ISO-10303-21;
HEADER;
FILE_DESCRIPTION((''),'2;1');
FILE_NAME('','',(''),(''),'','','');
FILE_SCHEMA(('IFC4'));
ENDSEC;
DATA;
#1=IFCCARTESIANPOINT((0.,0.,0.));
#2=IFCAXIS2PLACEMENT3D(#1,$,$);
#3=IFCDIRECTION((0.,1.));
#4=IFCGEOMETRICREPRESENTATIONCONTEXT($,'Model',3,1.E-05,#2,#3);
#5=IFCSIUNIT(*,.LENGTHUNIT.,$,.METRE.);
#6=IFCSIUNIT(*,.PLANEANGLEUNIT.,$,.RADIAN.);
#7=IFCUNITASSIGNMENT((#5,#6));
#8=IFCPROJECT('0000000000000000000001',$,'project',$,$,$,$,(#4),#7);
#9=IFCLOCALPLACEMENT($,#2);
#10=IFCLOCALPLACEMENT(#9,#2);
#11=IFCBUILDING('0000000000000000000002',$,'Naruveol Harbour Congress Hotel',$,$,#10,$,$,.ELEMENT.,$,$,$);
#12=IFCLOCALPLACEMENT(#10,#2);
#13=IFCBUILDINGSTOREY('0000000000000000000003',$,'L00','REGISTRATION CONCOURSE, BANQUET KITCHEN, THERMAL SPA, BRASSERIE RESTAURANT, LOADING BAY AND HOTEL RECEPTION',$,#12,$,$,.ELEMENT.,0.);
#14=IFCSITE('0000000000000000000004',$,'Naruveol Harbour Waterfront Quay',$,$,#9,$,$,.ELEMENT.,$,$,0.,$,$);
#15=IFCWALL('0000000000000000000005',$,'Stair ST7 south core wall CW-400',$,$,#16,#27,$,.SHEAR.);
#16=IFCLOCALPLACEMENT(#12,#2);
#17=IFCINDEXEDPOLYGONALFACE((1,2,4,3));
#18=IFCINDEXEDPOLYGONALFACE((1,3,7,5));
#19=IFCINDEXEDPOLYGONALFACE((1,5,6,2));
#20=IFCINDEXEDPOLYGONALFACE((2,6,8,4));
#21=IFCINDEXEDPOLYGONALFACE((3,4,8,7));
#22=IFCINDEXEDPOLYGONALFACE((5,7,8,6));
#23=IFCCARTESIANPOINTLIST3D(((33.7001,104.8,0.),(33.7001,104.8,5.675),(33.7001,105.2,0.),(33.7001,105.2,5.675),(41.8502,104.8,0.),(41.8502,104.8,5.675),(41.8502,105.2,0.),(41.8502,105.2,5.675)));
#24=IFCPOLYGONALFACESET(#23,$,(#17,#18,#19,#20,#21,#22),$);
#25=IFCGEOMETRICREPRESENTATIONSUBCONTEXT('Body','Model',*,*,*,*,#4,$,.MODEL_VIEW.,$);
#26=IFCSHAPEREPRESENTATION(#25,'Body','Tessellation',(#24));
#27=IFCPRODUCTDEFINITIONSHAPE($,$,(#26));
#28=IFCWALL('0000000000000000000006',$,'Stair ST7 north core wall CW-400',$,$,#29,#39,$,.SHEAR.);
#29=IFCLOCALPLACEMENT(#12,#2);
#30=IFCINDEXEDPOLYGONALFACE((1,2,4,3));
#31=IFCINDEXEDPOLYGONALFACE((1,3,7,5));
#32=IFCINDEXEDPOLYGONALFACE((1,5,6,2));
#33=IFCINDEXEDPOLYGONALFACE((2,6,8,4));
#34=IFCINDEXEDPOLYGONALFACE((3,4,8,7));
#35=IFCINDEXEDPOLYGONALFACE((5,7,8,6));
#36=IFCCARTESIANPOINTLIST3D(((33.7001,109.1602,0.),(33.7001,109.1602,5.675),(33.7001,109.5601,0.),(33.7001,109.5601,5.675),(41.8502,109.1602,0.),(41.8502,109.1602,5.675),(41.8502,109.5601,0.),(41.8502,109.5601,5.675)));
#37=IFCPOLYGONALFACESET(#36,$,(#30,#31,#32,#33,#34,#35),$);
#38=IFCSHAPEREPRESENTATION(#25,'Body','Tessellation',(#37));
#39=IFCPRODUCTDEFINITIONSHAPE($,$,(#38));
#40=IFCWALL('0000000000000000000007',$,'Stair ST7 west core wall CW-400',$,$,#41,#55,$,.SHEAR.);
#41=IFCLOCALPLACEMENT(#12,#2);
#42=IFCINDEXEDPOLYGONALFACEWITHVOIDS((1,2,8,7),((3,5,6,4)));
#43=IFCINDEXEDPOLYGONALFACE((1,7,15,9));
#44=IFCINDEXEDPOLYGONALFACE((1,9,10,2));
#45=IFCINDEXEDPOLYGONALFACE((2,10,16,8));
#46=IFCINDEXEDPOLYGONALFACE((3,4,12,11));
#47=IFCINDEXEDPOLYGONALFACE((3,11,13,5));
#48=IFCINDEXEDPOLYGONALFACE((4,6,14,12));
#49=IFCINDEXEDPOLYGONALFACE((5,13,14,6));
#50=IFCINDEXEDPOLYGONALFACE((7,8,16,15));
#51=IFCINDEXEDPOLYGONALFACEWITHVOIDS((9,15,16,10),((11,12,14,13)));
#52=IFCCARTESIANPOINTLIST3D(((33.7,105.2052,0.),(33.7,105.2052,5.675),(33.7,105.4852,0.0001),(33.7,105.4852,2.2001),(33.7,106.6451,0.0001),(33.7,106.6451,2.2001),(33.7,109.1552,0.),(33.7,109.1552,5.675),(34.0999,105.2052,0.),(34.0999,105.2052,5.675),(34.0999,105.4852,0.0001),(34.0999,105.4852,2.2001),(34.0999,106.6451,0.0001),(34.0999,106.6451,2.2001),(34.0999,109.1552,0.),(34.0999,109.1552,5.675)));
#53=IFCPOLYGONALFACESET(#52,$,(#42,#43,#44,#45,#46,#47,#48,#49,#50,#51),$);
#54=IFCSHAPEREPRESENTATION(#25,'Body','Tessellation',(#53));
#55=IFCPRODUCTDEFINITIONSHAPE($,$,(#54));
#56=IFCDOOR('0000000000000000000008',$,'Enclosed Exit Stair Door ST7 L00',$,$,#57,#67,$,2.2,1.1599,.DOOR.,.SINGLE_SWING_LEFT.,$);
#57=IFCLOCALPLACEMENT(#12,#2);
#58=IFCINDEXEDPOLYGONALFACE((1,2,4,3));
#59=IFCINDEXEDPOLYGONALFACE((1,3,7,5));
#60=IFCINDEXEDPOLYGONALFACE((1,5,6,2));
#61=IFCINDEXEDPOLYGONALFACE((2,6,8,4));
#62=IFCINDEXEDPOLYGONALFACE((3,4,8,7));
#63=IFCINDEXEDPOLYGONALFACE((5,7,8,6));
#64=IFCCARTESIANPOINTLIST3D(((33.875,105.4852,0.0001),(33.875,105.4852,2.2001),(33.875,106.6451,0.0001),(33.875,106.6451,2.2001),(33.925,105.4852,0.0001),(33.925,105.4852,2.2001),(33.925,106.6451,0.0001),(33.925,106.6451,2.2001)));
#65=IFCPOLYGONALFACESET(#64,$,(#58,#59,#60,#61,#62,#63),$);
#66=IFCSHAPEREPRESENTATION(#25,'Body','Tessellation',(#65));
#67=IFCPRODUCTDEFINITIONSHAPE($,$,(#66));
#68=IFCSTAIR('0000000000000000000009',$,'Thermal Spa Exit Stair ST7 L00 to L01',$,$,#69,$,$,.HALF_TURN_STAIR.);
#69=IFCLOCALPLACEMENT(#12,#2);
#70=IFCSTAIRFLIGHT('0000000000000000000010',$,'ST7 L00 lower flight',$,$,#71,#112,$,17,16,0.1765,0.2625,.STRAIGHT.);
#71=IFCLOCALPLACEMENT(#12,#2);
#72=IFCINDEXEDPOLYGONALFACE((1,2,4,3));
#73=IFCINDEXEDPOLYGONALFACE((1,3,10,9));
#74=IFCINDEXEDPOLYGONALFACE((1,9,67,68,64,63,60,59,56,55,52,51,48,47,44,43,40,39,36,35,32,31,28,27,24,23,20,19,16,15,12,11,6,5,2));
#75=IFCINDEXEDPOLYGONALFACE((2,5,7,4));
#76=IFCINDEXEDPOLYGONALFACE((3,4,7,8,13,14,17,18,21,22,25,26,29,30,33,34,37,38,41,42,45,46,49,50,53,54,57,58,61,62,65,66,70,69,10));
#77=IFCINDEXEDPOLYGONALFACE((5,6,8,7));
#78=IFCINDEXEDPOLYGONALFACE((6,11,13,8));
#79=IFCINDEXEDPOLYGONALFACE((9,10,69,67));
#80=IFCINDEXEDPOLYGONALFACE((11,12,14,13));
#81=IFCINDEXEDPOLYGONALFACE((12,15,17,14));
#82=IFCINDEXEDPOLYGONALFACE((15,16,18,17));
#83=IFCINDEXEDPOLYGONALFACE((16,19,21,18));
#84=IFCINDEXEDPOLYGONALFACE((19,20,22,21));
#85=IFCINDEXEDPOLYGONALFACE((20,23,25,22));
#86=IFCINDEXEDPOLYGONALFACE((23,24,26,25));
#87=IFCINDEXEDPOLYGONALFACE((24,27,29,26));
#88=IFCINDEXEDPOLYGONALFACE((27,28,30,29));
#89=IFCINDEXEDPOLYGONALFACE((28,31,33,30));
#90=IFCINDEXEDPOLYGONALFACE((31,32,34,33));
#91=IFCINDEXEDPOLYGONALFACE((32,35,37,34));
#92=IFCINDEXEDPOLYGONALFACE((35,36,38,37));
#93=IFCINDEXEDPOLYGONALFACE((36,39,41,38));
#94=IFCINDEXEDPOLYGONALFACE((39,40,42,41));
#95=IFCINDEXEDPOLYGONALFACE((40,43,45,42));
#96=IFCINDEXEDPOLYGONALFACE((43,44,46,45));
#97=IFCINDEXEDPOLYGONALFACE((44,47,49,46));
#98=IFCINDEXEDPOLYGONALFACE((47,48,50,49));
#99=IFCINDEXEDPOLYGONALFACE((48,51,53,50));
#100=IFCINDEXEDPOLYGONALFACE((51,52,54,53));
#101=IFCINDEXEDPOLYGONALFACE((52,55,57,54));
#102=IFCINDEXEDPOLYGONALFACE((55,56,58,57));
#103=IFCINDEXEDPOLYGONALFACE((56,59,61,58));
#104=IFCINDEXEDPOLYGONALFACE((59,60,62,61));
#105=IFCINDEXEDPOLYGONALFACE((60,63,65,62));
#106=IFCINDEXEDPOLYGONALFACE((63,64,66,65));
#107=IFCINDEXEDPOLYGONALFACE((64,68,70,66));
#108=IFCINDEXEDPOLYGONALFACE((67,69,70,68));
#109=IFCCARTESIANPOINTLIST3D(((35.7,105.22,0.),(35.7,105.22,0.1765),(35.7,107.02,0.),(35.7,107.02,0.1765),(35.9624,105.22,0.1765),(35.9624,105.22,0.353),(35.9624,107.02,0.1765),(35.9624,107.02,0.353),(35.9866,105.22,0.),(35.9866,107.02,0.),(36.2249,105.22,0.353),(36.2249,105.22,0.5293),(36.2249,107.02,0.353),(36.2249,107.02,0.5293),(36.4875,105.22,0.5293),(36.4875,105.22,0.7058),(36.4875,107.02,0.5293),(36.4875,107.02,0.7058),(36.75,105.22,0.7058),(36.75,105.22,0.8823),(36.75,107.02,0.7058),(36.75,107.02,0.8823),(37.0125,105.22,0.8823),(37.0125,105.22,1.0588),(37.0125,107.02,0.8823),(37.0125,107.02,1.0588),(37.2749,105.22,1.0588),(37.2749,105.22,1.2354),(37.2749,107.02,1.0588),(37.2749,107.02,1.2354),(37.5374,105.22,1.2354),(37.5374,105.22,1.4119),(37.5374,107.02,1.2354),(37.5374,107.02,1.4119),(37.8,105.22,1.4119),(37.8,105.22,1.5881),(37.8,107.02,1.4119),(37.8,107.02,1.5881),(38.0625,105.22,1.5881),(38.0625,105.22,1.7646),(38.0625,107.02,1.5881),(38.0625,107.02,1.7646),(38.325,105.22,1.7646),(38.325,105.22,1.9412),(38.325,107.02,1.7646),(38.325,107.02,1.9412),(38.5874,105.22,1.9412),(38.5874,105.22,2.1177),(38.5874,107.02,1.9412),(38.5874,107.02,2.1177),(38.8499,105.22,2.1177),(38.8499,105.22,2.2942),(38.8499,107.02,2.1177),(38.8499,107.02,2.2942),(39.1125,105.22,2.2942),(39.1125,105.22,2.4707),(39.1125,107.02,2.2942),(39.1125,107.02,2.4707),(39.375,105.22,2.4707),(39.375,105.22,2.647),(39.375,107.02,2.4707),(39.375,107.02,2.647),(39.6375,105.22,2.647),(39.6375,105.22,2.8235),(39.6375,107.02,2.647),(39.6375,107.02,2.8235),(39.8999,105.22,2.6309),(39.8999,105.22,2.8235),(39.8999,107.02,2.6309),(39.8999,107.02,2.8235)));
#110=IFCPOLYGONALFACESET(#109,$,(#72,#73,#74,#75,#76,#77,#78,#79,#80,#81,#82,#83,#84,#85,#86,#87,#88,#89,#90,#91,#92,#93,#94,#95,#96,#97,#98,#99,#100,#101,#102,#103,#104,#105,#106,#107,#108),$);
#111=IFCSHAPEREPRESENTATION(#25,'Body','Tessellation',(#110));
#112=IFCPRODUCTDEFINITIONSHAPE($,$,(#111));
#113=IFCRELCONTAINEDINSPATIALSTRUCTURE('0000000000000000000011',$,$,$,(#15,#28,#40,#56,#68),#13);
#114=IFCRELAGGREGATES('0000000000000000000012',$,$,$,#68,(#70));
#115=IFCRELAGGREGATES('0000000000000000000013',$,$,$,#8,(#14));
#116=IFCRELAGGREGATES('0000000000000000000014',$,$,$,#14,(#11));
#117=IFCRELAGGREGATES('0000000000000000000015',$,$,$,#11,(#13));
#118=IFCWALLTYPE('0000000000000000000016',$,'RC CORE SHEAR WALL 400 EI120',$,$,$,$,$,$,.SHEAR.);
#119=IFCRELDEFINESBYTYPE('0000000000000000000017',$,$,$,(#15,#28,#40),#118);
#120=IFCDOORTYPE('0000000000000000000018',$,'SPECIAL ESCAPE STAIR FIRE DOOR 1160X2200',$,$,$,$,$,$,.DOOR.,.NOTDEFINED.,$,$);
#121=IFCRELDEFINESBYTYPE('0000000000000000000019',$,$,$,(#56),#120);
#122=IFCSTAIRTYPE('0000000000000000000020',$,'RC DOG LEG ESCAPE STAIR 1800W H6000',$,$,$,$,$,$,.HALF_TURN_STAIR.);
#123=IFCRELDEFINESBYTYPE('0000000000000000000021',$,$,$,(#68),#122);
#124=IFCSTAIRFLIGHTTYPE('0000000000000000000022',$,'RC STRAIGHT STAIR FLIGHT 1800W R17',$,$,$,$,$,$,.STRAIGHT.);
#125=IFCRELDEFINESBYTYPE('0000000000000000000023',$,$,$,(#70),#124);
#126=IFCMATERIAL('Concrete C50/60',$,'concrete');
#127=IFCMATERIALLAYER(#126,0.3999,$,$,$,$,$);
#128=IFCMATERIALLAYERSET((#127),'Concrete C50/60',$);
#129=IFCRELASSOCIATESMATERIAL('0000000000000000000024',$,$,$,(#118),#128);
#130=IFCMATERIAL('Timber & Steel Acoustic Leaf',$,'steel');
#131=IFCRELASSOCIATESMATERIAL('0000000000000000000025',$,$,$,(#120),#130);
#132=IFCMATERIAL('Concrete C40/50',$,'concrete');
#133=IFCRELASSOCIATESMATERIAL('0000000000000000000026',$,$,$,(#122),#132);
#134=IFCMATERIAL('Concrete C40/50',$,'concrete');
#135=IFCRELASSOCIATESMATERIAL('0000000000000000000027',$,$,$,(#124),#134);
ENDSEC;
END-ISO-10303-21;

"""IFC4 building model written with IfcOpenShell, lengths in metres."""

from ifc_helpers import new_model, si_unit, direction, frame, frame_2d, origin, place, context, subcontext, project, spatial, polyline, rectangle, outline, extrude, material, layer, layer_set, type_object, element, fill, aggregate, save


model = new_model("IFC4")

# Units and contexts
model_context = context("Model", 3, precision=1e-05, world=origin(), true_north=direction((0.0, 1.0)))
body_context = subcontext(model_context, "Body", "Model", "MODEL_VIEW")
ifc_project = project(units=[si_unit("LENGTHUNIT", "METRE"), si_unit("PLANEANGLEUNIT", "RADIAN")], contexts=[model_context])

# Site, building, storey
site_placement = place(None, origin())
site = spatial("IfcSite", under=ifc_project, at=site_placement, Name="Naruveol Harbour Waterfront Quay", CompositionType="ELEMENT", RefElevation=0.0)
building_placement = place(site_placement, origin())
building = spatial("IfcBuilding", under=site, at=building_placement, Name="Naruveol Harbour Congress Hotel", CompositionType="ELEMENT")
storey_placement = place(building_placement, origin())
storey = spatial("IfcBuildingStorey", under=building, at=storey_placement, Name="L00", Description="REGISTRATION CONCOURSE, BANQUET KITCHEN, THERMAL SPA, BRASSERIE RESTAURANT, LOADING BAY AND HOTEL RECEPTION", CompositionType="ELEMENT", Elevation=0.0)

# Walls
ifc_material_1 = material(Name="Concrete C50/60", Category="concrete")
ifc_layer_1 = layer(ifc_material_1, 0.3999)
ifc_layer_set_1 = layer_set([ifc_layer_1], Name="Concrete C50/60")
wall_type_1 = type_object("IfcWallType", Name="RC CORE SHEAR WALL 400 EI120", PredefinedType="SHEAR", material=ifc_layer_set_1)
for number, where, z_axis, x_axis, name in (
    (1, (33.7, 105.0, 0.0), (0.0, 0.0, 1.0), (1.0, 0.0, 0.0), "Stair ST7 south core wall CW-400"),
    (2, (33.7, 109.3601, 0.0), (0.0, 0.0, 1.0), (1.0, 0.0, 0.0), "Stair ST7 north core wall CW-400"),
):
    element("IfcWall", number, at=place(storey_placement, frame(where, z_axis=z_axis, x_axis=x_axis)), inside=storey, type_object=wall_type_1, Name=name, PredefinedType="SHEAR", context=body_context, shape_type="SweptSolid", body=[
        extrude(rectangle(XDim=8.1501, YDim=0.3999, at=frame_2d((4.0752, 0.0))), origin(), (0.0, 0.0, 1.0), 5.675),
    ])

# Wall, opening, door
wall_1_placement = place(storey_placement, frame((33.8999, 105.2051, 0.0), z_axis=(0.0, 0.0, 1.0), x_axis=(0.0, 1.0, 0.0)))
wall_1 = element("IfcWall", 3, at=wall_1_placement, inside=storey, type_object=wall_type_1, Name="Stair ST7 west core wall CW-400", PredefinedType="SHEAR", context=body_context, shape_type="SweptSolid", body=[
    extrude(rectangle(XDim=3.95, YDim=0.3999, at=frame_2d((1.9751, 0.0))), origin(), (0.0, 0.0, 1.0), 5.675),
])
opening_1_placement = place(wall_1_placement, frame((0.28, 0.0, 0.0)))
opening_1 = element("IfcOpeningElement", 4, at=opening_1_placement, cuts=wall_1, PredefinedType="OPENING", context=body_context, shape_type="SweptSolid", body=[
    extrude(rectangle(XDim=1.1599, YDim=2.2, at=frame_2d((0.5801, 1.1001))), frame((0.0, 0.21, 0.0), z_axis=(0.0, -1.0, 0.0), x_axis=(1.0, 0.0, 0.0)), (0.0, 0.0, 1.0), 0.4199),
])
ifc_material_2 = material(Name="Timber & Steel Acoustic Leaf", Category="steel")
door_type = type_object("IfcDoorType", Name="SPECIAL ESCAPE STAIR FIRE DOOR 1160X2200", OperationType="NOTDEFINED", PredefinedType="DOOR", material=ifc_material_2)
door_placement = place(opening_1_placement, origin())
door = element("IfcDoor", 5, at=door_placement, inside=storey, type_object=door_type, Name="Enclosed Exit Stair Door ST7 L00", OperationType="SINGLE_SWING_LEFT", OverallHeight=2.2, OverallWidth=1.1599, PredefinedType="DOOR", context=body_context, shape_type="SweptSolid", body=[
    extrude(rectangle(XDim=1.1599, YDim=2.2, at=frame_2d((0.5801, 1.1001))), frame((0.0, 0.0249, 0.0), z_axis=(0.0, -1.0, 0.0), x_axis=(1.0, 0.0, 0.0)), (0.0, 0.0, 1.0), 0.05),
])
fill(opening_1, door)

# Stair, stair flight
ifc_material_3 = material(Name="Concrete C40/50", Category="concrete")
stair_type = type_object("IfcStairType", Name="RC DOG LEG ESCAPE STAIR 1800W H6000", PredefinedType="HALF_TURN_STAIR", material=ifc_material_3)
stair_placement = place(storey_placement, origin())
stair = element("IfcStair", 6, at=stair_placement, inside=storey, type_object=stair_type, Name="Thermal Spa Exit Stair ST7 L00 to L01", PredefinedType="HALF_TURN_STAIR")
ifc_material_4 = material(Name="Concrete C40/50", Category="concrete")
stair_flight_type = type_object("IfcStairFlightType", Name="RC STRAIGHT STAIR FLIGHT 1800W R17", PredefinedType="STRAIGHT", material=ifc_material_4)
stair_flight_placement = place(storey_placement, frame((35.7, 106.1201, 0.0), z_axis=(0.0, 0.0, 1.0), x_axis=(1.0, 0.0, 0.0)))
stair_flight = element("IfcStairFlight", 7, at=stair_flight_placement, type_object=stair_flight_type, Name="ST7 L00 lower flight", NumberOfRisers=17, NumberOfTreads=16, PredefinedType="STRAIGHT", RiserHeight=0.1765, TreadLength=0.2625, context=body_context, shape_type="SweptSolid", body=[
    extrude(outline(polyline([(0.0, 0.0), (0.0, 0.1765), (0.2625, 0.1765), (0.2625, 0.353), (0.5249, 0.353), (0.5249, 0.5293), (0.7876, 0.5293), (0.7876, 0.7058), (1.05, 0.7058), (1.05, 0.8823), (1.3125, 0.8823), (1.3125, 1.0588), (1.575, 1.0588), (1.575, 1.2354), (1.8374, 1.2354), (1.8374, 1.4119), (2.1001, 1.4119), (2.1001, 1.5881), (2.3625, 1.5881), (2.3625, 1.7646), (2.625, 1.7646), (2.625, 1.9412), (2.8875, 1.9412), (2.8875, 2.1177), (3.1499, 2.1177), (3.1499, 2.2942), (3.4126, 2.2942), (3.4126, 2.4707), (3.675, 2.4707), (3.675, 2.647), (3.9375, 2.647), (3.9375, 2.8235), (4.2, 2.8235), (4.2, 3.0), (4.2, 2.6309), (0.2866, 0.0), (0.0, 0.0)])), frame((0.0, 0.8999, 0.0), z_axis=(0.0, -1.0, 0.0), x_axis=(1.0, 0.0, 0.0)), (0.0, 0.0, 1.0), 1.8),
])
aggregate(stair, [stair_flight])

save(model, "model.ifc")
